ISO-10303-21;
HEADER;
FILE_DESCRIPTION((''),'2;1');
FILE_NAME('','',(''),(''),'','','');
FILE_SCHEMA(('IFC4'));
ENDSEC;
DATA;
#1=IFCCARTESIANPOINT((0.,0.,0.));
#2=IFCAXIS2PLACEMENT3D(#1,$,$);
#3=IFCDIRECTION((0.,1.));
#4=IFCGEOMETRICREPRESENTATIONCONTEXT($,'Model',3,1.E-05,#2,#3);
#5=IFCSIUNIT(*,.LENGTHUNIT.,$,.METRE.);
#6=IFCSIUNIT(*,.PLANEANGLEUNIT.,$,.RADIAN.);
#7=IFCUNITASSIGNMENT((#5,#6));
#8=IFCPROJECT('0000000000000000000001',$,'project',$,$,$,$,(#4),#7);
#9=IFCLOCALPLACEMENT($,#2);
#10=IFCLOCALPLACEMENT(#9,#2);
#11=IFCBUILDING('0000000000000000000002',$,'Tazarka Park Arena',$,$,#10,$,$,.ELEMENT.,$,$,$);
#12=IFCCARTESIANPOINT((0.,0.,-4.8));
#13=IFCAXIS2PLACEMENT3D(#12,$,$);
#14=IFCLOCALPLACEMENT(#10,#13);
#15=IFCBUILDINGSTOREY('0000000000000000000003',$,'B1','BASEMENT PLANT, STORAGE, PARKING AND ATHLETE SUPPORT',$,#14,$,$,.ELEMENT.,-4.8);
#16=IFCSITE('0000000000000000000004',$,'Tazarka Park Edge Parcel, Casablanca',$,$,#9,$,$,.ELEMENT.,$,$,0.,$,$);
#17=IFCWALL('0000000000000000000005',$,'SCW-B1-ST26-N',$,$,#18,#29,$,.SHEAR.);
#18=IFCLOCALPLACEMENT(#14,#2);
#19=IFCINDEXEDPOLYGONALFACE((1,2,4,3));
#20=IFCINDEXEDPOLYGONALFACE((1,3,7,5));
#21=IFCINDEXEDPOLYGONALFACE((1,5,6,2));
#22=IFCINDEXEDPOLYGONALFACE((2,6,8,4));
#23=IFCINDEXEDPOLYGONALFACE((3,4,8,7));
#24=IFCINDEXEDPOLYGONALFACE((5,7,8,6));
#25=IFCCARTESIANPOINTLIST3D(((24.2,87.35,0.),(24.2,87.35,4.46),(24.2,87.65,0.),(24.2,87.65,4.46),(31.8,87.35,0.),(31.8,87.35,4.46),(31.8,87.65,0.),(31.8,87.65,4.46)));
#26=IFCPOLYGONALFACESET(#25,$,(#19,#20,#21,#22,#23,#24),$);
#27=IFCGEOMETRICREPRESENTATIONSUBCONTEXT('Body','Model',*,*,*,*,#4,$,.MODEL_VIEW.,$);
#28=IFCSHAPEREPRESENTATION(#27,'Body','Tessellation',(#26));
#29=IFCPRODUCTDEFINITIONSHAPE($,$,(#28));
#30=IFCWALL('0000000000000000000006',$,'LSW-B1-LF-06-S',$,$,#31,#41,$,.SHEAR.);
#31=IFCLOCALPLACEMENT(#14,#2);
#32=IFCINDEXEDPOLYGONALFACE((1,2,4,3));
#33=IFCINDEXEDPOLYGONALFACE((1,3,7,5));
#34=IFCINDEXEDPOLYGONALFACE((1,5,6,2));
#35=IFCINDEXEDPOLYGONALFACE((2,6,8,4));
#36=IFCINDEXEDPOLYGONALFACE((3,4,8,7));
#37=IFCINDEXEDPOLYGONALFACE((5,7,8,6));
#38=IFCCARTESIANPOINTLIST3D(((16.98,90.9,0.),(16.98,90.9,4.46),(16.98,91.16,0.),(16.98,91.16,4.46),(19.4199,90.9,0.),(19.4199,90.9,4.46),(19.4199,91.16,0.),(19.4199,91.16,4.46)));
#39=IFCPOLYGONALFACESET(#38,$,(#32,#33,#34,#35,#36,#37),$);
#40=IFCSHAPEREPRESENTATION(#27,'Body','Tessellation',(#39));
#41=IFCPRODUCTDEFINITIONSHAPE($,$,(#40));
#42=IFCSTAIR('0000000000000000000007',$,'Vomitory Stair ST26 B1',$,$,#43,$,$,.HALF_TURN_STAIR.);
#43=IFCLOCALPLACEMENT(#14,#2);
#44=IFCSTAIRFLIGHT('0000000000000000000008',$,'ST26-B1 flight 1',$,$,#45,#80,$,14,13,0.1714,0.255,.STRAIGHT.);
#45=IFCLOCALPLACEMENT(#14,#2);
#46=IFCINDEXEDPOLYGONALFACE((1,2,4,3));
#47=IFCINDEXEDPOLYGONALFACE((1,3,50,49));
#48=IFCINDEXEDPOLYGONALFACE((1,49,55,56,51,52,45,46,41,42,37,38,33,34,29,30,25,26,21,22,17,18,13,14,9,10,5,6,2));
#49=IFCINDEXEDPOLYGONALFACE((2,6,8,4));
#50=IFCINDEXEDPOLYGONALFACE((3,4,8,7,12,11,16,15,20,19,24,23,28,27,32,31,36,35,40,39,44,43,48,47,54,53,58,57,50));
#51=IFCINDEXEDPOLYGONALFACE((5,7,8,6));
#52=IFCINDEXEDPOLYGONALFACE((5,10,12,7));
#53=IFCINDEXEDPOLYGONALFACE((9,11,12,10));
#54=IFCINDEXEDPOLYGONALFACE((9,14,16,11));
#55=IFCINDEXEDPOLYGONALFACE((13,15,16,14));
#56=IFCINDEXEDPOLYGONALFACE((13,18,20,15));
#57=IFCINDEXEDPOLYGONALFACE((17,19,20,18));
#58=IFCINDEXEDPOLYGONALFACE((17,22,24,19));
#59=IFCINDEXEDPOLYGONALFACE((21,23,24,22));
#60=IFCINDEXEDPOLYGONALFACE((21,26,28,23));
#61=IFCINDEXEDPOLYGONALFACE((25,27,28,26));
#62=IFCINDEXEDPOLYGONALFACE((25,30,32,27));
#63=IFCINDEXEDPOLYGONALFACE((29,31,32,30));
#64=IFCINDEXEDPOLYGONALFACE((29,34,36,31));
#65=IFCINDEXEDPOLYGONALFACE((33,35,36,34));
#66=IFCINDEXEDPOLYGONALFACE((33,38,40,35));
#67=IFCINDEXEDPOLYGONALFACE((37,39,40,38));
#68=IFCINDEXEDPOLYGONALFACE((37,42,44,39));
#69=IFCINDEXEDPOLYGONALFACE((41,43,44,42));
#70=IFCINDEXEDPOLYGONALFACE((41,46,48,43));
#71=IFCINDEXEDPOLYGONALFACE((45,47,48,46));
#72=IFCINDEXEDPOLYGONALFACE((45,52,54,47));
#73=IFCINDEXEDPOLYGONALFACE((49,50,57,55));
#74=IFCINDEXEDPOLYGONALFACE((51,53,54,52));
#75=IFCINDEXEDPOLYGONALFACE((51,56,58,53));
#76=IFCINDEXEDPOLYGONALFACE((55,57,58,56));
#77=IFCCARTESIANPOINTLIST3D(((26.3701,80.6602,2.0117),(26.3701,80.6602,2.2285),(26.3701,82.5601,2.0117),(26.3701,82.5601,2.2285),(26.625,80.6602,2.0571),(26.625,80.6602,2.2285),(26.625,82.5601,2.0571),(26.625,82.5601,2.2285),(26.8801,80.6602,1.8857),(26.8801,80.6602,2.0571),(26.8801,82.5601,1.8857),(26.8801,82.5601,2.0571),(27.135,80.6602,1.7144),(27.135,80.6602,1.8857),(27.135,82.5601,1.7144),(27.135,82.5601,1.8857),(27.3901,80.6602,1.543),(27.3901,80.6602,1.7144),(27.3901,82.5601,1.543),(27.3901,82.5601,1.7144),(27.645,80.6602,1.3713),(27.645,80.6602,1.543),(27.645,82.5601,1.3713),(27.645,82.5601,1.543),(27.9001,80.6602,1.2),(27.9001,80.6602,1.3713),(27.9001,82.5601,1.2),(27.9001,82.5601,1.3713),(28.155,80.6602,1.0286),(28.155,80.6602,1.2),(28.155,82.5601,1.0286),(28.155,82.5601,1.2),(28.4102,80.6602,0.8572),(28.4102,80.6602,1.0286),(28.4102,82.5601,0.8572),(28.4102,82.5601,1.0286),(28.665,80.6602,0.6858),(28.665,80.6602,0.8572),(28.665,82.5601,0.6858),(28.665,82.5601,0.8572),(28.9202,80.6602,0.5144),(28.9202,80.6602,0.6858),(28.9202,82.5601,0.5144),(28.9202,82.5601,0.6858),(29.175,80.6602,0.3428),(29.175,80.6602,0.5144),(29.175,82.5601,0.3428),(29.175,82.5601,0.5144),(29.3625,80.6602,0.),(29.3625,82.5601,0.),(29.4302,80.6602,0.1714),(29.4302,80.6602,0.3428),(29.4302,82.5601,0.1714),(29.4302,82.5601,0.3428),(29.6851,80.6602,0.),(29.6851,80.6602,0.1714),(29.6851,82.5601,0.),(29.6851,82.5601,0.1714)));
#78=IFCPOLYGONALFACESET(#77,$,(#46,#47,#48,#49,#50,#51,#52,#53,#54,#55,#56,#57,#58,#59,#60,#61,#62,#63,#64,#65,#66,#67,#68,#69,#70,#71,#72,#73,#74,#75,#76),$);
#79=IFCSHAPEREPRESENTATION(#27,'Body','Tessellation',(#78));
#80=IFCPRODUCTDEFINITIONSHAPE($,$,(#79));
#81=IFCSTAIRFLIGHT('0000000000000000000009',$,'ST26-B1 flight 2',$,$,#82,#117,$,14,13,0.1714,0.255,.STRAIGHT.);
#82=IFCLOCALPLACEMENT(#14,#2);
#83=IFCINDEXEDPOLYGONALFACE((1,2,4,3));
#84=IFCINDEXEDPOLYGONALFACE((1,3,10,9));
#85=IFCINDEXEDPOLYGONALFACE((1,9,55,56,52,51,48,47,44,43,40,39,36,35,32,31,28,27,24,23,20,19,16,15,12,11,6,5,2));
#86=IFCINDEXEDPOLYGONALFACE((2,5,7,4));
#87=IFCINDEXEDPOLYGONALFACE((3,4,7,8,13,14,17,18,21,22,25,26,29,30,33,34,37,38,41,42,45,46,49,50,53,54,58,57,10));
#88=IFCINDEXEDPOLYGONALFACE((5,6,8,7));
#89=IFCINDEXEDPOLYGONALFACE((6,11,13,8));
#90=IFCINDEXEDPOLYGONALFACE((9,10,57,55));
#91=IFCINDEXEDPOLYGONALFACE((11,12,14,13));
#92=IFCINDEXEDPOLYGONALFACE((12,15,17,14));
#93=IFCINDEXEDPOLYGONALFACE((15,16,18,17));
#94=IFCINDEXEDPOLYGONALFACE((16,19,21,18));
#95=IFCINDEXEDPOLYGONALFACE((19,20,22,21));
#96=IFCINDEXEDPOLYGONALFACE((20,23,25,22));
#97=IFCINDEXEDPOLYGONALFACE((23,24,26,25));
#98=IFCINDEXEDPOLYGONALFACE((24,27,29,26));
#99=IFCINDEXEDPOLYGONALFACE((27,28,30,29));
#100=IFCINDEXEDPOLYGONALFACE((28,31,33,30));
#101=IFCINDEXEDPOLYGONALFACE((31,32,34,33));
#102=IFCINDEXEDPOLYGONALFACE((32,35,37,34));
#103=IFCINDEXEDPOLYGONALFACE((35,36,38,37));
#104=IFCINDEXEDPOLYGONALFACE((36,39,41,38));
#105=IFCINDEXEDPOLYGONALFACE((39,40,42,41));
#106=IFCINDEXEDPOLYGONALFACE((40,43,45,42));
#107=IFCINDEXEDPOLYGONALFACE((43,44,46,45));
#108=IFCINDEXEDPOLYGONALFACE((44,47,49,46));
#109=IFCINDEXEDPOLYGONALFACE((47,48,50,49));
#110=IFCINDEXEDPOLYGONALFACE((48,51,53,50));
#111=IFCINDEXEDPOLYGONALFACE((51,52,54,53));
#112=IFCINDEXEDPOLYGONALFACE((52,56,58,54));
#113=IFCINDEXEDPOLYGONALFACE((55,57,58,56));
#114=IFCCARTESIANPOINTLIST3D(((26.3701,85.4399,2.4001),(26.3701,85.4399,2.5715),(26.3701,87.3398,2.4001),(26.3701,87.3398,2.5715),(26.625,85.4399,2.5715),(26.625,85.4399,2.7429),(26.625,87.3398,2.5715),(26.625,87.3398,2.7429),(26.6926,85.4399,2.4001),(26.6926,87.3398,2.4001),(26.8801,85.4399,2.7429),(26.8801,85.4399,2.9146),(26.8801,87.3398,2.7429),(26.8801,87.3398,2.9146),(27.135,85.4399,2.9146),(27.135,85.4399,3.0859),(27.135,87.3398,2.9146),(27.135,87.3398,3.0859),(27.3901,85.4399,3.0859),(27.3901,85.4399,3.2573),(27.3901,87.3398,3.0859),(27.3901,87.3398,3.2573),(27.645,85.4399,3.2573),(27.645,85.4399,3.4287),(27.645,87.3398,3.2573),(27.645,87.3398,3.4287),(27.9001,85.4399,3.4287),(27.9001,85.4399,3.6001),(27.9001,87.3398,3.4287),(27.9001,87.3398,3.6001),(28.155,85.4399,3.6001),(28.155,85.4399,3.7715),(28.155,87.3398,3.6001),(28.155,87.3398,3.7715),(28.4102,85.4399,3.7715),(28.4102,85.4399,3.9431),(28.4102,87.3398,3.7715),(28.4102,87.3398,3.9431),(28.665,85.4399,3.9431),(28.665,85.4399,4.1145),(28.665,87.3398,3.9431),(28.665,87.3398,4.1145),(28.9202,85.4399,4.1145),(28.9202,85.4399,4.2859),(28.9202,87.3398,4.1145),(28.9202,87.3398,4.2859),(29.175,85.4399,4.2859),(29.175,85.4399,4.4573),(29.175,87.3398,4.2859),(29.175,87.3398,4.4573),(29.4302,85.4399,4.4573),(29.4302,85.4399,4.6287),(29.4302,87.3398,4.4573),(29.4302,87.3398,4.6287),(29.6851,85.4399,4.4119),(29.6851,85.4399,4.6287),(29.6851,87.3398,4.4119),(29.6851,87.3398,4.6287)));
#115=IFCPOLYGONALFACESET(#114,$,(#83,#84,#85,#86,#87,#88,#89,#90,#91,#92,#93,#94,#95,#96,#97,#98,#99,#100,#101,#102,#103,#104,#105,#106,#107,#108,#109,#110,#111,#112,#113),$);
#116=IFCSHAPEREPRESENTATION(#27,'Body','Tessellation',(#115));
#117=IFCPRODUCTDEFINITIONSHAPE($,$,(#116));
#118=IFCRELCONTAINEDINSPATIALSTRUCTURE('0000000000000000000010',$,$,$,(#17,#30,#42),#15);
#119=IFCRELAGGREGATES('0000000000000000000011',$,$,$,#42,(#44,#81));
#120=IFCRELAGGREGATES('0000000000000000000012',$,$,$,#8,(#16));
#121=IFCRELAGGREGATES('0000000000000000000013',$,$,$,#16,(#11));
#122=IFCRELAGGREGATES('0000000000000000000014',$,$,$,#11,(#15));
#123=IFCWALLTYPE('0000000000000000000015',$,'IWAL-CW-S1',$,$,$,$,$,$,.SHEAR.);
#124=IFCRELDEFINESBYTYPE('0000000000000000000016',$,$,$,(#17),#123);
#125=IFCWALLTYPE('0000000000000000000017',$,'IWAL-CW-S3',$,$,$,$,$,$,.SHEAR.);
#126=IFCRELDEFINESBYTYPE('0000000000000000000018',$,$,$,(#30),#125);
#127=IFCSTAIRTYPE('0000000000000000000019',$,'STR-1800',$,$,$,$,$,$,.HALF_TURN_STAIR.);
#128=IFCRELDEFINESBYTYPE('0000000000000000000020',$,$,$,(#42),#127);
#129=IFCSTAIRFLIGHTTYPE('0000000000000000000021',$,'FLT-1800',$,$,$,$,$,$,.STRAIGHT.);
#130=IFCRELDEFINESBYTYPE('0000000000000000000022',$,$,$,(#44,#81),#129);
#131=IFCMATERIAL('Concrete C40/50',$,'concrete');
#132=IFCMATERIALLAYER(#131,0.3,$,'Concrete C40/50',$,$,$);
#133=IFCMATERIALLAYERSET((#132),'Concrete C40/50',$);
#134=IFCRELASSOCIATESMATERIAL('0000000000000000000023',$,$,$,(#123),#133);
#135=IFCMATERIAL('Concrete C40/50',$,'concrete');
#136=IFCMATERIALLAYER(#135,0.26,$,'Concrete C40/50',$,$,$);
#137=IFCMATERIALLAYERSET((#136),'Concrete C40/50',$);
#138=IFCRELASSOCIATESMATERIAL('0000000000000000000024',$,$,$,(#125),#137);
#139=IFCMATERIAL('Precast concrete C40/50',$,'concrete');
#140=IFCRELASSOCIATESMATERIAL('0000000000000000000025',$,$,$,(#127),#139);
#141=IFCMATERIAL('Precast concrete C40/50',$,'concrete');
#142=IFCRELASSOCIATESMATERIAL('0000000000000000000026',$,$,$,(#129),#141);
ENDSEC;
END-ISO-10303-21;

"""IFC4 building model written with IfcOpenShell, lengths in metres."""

from ifc_helpers import new_model, si_unit, direction, frame, frame_2d, origin, place, context, subcontext, project, spatial, polyline, rectangle, outline, extrude, material, layer, layer_set, type_object, element, aggregate, save


model = new_model("IFC4")

# Units and contexts
model_context = context("Model", 3, precision=1e-05, world=origin(), true_north=direction((0.0, 1.0)))
body_context = subcontext(model_context, "Body", "Model", "MODEL_VIEW")
ifc_project = project(units=[si_unit("LENGTHUNIT", "METRE"), si_unit("PLANEANGLEUNIT", "RADIAN")], contexts=[model_context])

# Site, building, storey
site_placement = place(None, origin())
site = spatial("IfcSite", under=ifc_project, at=site_placement, Name="Tazarka Park Edge Parcel, Casablanca", CompositionType="ELEMENT", RefElevation=0.0)
building_placement = place(site_placement, origin())
building = spatial("IfcBuilding", under=site, at=building_placement, Name="Tazarka Park Arena", CompositionType="ELEMENT")
storey_placement = place(building_placement, frame((0.0, 0.0, -4.8)))
storey = spatial("IfcBuildingStorey", under=building, at=storey_placement, Name="B1", Description="BASEMENT PLANT, STORAGE, PARKING AND ATHLETE SUPPORT", CompositionType="ELEMENT", Elevation=-4.8)

# Walls
ifc_material_1 = material(Name="Concrete C40/50", Category="concrete")
ifc_layer_1 = layer(ifc_material_1, 0.3, Name="Concrete C40/50")
ifc_layer_set_1 = layer_set([ifc_layer_1], Name="Concrete C40/50")
wall_type_1 = type_object("IfcWallType", Name="IWAL-CW-S1", PredefinedType="SHEAR", material=ifc_layer_set_1)
wall_1_placement = place(storey_placement, frame((24.2, 87.5, 0.0), z_axis=(0.0, 0.0, 1.0), x_axis=(1.0, 0.0, 0.0)))
element("IfcWall", 1, at=wall_1_placement, inside=storey, type_object=wall_type_1, Name="SCW-B1-ST26-N", PredefinedType="SHEAR", context=body_context, shape_type="SweptSolid", body=[
    extrude(rectangle(XDim=7.6001, YDim=0.3, at=frame_2d((3.8, 0.0))), origin(), (0.0, 0.0, 1.0), 4.46),
])
ifc_material_2 = material(Name="Concrete C40/50", Category="concrete")
ifc_layer_2 = layer(ifc_material_2, 0.26, Name="Concrete C40/50")
ifc_layer_set_2 = layer_set([ifc_layer_2], Name="Concrete C40/50")
wall_type_2 = type_object("IfcWallType", Name="IWAL-CW-S3", PredefinedType="SHEAR", material=ifc_layer_set_2)
wall_2_placement = place(storey_placement, frame((19.4199, 91.03, 0.0), z_axis=(0.0, 0.0, 1.0), x_axis=(-1.0, 0.0, 0.0)))
element("IfcWall", 2, at=wall_2_placement, inside=storey, type_object=wall_type_2, Name="LSW-B1-LF-06-S", PredefinedType="SHEAR", context=body_context, shape_type="SweptSolid", body=[
    extrude(rectangle(XDim=2.4399, YDim=0.26, at=frame_2d((1.22, 0.0))), origin(), (0.0, 0.0, 1.0), 4.46),
])

# Stair, stair flights
ifc_material_3 = material(Name="Precast concrete C40/50", Category="concrete")
stair_type = type_object("IfcStairType", Name="STR-1800", PredefinedType="HALF_TURN_STAIR", material=ifc_material_3)
stair_placement = place(storey_placement, origin())
stair = element("IfcStair", 3, at=stair_placement, inside=storey, type_object=stair_type, Name="Vomitory Stair ST26 B1", PredefinedType="HALF_TURN_STAIR")
ifc_material_4 = material(Name="Precast concrete C40/50", Category="concrete")
stair_flight_type = type_object("IfcStairFlightType", Name="FLT-1800", PredefinedType="STRAIGHT", material=ifc_material_4)
stair_flight_1_placement = place(storey_placement, frame((29.6851, 81.6101, 0.0), z_axis=(0.0, 0.0, 1.0), x_axis=(-1.0, 0.0, 0.0)))
stair_flight_1 = element("IfcStairFlight", 4, at=stair_flight_1_placement, type_object=stair_flight_type, Name="ST26-B1 flight 1", NumberOfRisers=14, NumberOfTreads=13, PredefinedType="STRAIGHT", RiserHeight=0.1714, TreadLength=0.255, context=body_context, shape_type="SweptSolid", body=[
    extrude(outline(polyline([(0.0, 0.0), (0.0, 0.1714), (0.2549, 0.1714), (0.2549, 0.3428), (0.51, 0.3428), (0.51, 0.5144), (0.7649, 0.5144), (0.7649, 0.6858), (1.02, 0.6858), (1.02, 0.8572), (1.2749, 0.8572), (1.2749, 1.0286), (1.53, 1.0286), (1.53, 1.2), (1.7849, 1.2), (1.7849, 1.3713), (2.04, 1.3713), (2.04, 1.543), (2.2949, 1.543), (2.2949, 1.7144), (2.55, 1.7144), (2.55, 1.8857), (2.8049, 1.8857), (2.8049, 2.0571), (3.0601, 2.0571), (3.0601, 2.2285), (3.3149, 2.2285), (3.3149, 2.3999), (3.3149, 2.0117), (0.3225, 0.0), (0.0, 0.0)])), frame((0.0, 0.95, 0.0), z_axis=(0.0, -1.0, 0.0), x_axis=(1.0, 0.0, 0.0)), (0.0, 0.0, 1.0), 1.8999),
])
stair_flight_2_placement = place(storey_placement, frame((26.3701, 86.3899, 2.4001), z_axis=(0.0, 0.0, 1.0), x_axis=(1.0, 0.0, 0.0)))
stair_flight_2 = element("IfcStairFlight", 5, at=stair_flight_2_placement, type_object=stair_flight_type, Name="ST26-B1 flight 2", NumberOfRisers=14, NumberOfTreads=13, PredefinedType="STRAIGHT", RiserHeight=0.1714, TreadLength=0.255, context=body_context, shape_type="SweptSolid", body=[
    extrude(outline(polyline([(0.0, 0.0), (0.0, 0.1714), (0.2549, 0.1714), (0.2549, 0.3428), (0.51, 0.3428), (0.51, 0.5144), (0.7649, 0.5144), (0.7649, 0.6858), (1.02, 0.6858), (1.02, 0.8572), (1.2749, 0.8572), (1.2749, 1.0286), (1.53, 1.0286), (1.53, 1.2), (1.7849, 1.2), (1.7849, 1.3713), (2.04, 1.3713), (2.04, 1.543), (2.2949, 1.543), (2.2949, 1.7144), (2.55, 1.7144), (2.55, 1.8857), (2.8049, 1.8857), (2.8049, 2.0571), (3.0601, 2.0571), (3.0601, 2.2285), (3.3149, 2.2285), (3.3149, 2.3999), (3.3149, 2.0117), (0.3225, 0.0), (0.0, 0.0)])), frame((0.0, 0.95, 0.0), z_axis=(0.0, -1.0, 0.0), x_axis=(1.0, 0.0, 0.0)), (0.0, 0.0, 1.0), 1.8999),
])
aggregate(stair, [stair_flight_1, stair_flight_2])

save(model, "model.ifc")
